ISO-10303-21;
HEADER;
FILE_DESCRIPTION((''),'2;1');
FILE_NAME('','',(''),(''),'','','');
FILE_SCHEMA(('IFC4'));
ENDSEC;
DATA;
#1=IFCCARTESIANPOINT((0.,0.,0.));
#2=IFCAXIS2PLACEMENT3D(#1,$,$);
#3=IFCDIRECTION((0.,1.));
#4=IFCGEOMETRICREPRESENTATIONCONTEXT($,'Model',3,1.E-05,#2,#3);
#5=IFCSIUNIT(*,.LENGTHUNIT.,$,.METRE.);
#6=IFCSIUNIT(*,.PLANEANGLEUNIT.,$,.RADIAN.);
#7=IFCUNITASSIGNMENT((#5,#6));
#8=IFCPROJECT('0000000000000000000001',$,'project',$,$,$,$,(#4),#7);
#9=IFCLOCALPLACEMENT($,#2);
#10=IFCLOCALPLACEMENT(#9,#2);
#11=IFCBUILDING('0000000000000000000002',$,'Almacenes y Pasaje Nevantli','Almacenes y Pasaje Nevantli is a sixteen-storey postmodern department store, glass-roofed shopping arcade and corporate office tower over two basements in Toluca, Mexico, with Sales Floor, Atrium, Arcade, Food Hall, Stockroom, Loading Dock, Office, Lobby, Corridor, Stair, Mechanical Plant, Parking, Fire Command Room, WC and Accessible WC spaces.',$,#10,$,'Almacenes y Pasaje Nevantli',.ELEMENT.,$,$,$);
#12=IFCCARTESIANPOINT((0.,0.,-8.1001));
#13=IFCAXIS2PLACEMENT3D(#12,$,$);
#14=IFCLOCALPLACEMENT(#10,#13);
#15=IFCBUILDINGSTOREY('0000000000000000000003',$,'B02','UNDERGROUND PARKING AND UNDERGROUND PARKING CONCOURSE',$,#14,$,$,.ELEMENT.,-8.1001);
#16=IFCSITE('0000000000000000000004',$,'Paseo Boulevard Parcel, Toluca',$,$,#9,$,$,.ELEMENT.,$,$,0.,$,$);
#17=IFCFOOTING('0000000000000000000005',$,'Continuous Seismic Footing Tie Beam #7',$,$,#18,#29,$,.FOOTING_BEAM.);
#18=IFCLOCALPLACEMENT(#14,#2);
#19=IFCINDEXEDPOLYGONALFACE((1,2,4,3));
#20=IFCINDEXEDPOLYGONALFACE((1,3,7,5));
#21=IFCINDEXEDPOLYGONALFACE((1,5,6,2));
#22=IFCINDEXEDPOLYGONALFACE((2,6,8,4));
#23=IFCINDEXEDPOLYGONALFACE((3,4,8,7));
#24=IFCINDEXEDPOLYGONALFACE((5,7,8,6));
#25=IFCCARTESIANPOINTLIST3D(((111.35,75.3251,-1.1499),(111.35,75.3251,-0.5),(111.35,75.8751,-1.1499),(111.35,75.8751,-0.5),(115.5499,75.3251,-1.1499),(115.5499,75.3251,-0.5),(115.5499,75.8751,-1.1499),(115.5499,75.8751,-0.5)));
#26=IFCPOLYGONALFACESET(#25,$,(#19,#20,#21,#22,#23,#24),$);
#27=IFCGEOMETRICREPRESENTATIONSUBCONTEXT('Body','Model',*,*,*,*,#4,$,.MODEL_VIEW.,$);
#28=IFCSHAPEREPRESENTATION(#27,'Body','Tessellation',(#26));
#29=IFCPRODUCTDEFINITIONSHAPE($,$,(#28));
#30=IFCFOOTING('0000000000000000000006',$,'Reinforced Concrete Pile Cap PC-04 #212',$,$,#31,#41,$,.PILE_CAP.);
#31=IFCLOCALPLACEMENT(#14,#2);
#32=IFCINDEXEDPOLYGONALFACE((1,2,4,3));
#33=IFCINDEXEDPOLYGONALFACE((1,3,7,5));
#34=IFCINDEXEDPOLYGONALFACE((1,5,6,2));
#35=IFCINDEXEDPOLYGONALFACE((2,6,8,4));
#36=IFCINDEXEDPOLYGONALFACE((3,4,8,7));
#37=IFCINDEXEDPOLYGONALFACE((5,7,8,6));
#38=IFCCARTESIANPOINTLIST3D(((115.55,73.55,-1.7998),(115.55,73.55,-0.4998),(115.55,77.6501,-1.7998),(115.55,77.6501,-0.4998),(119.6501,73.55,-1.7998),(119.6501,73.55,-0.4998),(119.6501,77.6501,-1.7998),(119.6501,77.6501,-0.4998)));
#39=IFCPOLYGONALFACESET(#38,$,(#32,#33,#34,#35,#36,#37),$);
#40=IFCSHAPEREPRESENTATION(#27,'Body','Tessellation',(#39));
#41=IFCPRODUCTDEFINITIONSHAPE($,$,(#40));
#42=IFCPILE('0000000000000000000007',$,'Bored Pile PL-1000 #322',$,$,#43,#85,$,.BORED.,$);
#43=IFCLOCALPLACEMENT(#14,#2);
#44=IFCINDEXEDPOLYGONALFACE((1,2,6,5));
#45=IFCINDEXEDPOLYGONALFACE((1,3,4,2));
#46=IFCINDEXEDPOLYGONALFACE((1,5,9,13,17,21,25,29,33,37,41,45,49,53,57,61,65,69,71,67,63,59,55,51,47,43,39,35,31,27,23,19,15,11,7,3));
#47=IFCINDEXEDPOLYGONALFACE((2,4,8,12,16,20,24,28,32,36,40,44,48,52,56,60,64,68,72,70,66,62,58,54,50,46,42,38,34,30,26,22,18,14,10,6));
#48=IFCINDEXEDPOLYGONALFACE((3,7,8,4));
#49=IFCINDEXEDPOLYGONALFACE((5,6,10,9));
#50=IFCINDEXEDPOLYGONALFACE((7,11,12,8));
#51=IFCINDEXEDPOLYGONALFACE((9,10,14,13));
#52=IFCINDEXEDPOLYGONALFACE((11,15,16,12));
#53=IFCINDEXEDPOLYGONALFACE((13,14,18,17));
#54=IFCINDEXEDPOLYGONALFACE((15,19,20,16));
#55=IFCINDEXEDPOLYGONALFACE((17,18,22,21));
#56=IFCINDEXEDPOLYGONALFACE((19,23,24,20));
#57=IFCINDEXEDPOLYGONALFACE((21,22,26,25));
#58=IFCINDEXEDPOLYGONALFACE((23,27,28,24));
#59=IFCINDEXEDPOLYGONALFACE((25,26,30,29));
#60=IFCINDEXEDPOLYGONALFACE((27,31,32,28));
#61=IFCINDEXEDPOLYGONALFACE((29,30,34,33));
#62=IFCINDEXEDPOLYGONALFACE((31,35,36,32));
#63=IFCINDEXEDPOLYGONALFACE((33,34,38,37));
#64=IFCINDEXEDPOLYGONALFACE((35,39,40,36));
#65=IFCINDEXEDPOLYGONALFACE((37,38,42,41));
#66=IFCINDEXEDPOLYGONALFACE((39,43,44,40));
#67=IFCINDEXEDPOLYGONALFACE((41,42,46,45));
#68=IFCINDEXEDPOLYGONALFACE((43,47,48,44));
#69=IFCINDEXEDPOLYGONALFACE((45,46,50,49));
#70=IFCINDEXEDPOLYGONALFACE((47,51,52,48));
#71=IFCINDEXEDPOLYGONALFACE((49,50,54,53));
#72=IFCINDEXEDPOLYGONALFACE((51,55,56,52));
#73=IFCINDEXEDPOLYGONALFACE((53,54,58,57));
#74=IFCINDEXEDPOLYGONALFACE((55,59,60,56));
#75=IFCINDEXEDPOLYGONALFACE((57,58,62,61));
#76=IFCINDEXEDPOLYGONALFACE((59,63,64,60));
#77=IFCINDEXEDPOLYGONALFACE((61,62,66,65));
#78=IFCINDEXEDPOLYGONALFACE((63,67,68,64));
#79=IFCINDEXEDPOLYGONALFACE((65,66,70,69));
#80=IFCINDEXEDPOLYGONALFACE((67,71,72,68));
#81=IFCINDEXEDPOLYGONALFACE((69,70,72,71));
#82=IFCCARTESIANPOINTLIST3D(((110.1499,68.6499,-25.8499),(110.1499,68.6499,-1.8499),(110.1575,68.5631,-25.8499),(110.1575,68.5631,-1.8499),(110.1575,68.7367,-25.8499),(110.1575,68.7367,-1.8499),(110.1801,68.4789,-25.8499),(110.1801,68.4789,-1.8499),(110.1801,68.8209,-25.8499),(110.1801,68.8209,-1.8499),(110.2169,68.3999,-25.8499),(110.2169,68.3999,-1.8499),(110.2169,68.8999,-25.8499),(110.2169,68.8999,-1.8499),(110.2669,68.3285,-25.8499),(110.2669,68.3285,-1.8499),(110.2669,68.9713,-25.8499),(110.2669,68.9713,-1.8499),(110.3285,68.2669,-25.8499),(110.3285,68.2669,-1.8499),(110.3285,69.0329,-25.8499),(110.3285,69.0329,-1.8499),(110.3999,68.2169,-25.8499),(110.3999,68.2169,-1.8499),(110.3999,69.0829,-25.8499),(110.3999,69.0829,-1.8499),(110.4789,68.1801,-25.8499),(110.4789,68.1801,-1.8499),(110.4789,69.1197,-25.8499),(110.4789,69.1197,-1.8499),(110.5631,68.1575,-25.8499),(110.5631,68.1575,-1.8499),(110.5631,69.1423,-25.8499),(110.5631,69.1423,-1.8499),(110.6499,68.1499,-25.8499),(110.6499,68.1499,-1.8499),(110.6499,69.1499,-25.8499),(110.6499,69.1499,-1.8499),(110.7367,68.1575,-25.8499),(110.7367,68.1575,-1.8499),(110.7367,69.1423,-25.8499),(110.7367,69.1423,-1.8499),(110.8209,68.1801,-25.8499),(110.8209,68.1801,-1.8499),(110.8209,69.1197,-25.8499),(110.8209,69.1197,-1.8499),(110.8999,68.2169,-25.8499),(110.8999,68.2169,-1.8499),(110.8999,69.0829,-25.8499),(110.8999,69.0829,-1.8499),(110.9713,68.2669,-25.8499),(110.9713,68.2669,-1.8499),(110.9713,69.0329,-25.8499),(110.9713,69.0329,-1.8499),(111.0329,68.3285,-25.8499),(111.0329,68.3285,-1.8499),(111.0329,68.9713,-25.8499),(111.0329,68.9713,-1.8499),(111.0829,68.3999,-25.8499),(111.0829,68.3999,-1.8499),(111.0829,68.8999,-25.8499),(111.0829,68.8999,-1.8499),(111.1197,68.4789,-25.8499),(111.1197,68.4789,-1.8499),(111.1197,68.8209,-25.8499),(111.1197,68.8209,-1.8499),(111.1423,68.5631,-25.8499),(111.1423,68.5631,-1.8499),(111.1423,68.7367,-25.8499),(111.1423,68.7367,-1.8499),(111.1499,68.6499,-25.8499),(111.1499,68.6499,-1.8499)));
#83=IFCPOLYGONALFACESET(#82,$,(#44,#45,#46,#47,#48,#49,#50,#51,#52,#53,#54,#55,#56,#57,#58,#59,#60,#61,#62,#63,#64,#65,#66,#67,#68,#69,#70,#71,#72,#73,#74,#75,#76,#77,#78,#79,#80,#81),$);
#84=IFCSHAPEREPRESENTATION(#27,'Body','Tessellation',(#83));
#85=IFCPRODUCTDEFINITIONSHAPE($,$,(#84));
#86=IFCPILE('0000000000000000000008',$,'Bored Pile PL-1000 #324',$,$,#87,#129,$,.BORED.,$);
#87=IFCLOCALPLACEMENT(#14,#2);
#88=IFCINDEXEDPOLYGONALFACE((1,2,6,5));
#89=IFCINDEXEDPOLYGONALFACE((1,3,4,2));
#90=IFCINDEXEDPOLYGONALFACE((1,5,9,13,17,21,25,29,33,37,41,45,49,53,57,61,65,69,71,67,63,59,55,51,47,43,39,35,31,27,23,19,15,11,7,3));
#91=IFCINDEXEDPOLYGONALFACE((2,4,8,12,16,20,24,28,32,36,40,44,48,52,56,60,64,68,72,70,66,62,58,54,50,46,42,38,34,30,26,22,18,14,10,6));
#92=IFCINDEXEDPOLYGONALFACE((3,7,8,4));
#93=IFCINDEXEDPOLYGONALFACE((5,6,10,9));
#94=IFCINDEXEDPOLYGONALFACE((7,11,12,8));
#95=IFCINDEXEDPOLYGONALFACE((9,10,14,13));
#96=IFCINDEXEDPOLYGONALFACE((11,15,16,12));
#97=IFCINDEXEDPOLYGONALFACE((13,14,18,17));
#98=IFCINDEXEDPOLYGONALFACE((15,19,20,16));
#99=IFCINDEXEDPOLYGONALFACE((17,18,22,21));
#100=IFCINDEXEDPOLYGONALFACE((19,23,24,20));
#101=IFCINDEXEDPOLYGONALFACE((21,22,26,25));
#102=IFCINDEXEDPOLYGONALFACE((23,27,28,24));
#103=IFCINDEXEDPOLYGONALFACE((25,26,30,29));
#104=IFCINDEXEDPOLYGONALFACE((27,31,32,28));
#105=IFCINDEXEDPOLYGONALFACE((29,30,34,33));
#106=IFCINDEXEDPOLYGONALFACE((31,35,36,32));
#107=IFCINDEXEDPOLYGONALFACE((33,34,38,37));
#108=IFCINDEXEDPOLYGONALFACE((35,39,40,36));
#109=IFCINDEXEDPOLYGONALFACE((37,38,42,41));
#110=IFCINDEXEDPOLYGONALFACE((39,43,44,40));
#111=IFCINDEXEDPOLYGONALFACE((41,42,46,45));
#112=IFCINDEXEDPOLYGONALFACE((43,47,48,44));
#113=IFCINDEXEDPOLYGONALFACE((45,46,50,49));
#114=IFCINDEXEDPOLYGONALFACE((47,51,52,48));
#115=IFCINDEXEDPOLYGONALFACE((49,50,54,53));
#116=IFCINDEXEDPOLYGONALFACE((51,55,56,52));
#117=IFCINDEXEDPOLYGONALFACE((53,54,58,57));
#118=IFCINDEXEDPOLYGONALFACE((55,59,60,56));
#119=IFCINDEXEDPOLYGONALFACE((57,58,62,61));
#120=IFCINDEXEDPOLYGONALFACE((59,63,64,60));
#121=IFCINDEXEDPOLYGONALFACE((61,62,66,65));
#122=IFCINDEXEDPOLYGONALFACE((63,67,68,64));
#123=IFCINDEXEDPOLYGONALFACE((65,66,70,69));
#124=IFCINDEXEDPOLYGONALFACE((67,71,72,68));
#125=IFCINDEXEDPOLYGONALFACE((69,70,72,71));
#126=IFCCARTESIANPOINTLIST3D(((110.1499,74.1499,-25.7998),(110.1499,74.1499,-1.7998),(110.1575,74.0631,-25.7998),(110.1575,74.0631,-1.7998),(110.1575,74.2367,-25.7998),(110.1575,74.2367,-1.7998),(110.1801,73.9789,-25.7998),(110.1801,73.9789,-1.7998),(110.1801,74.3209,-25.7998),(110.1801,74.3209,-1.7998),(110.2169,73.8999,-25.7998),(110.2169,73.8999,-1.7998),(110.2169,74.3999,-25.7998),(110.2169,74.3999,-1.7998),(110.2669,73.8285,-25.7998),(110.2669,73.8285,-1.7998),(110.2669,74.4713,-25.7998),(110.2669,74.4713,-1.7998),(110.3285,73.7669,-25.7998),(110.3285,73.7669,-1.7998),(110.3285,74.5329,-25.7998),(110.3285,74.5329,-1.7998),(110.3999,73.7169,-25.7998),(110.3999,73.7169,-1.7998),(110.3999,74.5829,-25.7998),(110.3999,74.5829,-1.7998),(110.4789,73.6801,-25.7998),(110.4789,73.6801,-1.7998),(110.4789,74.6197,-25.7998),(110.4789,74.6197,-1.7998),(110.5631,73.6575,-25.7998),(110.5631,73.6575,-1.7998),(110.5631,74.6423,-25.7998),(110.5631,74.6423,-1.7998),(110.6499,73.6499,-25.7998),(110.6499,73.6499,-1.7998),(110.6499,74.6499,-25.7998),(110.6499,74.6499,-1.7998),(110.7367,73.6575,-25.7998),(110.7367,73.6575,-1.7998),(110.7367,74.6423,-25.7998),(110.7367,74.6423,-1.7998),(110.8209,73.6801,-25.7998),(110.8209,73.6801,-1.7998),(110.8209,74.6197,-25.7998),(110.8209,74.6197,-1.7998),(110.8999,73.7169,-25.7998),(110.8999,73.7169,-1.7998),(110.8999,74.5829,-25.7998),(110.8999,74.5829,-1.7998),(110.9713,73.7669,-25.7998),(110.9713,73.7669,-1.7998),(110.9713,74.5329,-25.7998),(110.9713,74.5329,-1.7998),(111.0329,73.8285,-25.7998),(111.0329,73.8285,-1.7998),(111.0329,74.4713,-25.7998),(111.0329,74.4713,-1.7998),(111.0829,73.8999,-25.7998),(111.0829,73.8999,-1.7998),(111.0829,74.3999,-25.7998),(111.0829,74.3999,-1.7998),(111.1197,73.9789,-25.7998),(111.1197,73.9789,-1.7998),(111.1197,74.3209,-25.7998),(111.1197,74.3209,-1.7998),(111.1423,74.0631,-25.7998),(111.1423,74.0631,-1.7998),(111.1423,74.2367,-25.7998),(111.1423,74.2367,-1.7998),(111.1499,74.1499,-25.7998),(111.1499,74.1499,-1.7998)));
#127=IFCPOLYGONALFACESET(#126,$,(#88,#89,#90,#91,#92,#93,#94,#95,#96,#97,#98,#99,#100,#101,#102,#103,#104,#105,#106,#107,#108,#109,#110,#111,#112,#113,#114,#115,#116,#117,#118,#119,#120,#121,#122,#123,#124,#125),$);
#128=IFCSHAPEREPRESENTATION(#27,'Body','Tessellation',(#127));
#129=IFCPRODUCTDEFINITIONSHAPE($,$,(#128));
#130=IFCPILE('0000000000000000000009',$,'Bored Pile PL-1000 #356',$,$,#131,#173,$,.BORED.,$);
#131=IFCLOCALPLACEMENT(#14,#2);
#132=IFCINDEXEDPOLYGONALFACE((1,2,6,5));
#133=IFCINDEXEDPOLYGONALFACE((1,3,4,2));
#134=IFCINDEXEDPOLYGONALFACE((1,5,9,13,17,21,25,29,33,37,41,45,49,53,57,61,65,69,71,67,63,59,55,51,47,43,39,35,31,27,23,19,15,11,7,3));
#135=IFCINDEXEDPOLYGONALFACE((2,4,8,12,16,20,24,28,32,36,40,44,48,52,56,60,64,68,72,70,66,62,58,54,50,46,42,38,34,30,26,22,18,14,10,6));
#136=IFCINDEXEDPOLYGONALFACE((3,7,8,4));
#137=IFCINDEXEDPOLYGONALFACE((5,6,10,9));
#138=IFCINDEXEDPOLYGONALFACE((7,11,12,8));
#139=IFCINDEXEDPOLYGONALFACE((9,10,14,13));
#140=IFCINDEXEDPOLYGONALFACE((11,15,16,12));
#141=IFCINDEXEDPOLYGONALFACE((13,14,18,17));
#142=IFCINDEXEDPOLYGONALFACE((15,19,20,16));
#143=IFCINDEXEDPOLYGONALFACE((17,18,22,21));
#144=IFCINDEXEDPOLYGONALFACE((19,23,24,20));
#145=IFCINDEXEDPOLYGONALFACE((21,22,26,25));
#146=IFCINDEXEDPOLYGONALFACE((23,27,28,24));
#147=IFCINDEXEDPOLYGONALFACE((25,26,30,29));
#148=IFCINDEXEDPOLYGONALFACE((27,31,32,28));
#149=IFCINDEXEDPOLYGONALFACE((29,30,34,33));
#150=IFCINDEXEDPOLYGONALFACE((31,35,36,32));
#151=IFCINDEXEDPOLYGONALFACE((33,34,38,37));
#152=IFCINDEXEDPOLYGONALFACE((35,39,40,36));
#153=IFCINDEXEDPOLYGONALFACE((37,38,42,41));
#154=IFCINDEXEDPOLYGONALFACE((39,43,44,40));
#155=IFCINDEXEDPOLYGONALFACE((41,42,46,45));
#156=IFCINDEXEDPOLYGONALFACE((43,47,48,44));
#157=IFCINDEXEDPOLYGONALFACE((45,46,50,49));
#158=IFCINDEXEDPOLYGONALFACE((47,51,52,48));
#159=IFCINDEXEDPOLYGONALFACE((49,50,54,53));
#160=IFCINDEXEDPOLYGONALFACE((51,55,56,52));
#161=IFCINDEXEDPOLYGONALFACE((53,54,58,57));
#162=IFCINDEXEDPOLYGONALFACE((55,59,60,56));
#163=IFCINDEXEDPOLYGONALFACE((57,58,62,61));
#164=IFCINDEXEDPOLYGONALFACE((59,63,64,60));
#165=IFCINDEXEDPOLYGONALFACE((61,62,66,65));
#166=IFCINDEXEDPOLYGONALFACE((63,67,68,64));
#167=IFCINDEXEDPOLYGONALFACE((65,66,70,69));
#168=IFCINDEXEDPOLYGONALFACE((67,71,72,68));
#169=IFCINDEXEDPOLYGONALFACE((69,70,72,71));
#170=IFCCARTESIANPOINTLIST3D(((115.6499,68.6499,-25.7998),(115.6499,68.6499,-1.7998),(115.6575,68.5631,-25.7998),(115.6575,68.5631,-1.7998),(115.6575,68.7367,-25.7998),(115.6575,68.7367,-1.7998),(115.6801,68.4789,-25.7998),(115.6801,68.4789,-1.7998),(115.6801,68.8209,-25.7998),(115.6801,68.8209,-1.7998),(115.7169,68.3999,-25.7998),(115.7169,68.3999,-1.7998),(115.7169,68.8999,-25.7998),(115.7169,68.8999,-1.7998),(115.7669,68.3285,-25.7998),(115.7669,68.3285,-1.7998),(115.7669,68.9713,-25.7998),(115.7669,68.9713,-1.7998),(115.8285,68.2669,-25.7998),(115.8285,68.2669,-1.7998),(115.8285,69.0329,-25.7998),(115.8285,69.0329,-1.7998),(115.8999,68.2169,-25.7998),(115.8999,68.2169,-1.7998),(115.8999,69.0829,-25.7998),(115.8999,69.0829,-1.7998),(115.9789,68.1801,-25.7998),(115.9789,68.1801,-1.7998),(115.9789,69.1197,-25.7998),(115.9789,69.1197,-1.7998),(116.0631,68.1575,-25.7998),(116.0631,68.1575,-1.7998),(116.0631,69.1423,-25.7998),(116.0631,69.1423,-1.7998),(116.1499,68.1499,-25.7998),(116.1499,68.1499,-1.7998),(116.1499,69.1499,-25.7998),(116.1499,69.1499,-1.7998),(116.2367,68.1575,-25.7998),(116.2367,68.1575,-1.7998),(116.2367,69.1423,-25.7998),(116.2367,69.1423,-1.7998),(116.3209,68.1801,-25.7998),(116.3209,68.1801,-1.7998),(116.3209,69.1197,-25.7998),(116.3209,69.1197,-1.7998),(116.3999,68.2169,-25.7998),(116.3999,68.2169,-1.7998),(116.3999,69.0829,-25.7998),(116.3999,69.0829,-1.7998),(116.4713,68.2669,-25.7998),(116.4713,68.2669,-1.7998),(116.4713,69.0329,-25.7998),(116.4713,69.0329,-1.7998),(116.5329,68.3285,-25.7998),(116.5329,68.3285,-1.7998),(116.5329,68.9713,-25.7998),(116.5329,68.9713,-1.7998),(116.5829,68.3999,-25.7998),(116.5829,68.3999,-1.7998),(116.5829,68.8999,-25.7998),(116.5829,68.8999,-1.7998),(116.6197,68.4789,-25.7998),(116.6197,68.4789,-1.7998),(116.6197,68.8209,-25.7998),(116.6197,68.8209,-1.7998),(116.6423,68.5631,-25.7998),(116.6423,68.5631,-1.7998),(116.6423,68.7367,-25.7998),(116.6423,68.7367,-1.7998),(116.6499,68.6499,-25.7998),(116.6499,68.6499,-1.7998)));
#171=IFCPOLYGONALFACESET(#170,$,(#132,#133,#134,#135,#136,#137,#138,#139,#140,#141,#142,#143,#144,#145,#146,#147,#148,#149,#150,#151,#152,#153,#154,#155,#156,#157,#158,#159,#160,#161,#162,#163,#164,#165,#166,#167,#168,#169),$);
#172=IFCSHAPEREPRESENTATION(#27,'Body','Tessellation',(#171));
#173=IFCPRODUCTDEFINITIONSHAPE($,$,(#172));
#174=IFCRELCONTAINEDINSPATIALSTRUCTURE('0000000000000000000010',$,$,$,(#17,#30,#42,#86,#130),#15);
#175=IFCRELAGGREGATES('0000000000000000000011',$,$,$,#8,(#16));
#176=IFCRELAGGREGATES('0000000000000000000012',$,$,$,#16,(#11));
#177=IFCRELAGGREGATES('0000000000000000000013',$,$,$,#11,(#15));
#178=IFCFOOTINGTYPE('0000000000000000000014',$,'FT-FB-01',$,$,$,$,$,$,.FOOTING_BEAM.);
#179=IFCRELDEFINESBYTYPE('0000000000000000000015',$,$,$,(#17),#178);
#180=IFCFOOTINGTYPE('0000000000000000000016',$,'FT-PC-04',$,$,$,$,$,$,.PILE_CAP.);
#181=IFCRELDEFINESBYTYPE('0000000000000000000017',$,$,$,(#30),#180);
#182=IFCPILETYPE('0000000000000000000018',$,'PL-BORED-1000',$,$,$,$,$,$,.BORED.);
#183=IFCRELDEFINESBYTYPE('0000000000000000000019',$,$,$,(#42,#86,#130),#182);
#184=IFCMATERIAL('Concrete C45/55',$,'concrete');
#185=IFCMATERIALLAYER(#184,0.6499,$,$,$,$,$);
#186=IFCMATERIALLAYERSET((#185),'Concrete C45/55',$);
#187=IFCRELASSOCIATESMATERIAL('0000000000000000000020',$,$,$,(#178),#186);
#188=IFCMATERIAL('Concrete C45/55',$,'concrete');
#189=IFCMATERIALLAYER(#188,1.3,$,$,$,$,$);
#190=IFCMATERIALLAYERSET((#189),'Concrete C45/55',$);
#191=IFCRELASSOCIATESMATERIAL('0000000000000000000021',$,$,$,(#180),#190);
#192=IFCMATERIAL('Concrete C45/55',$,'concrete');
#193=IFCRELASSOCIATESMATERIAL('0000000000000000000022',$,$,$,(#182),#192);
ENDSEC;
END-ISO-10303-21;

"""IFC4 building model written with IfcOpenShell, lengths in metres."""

from ifc_helpers import new_model, si_unit, direction, frame, origin, origin_2d, place, context, subcontext, project, spatial, rectangle, circle, extrude, material, layer, layer_set, material_profile, profile_set, type_object, element, save


model = new_model("IFC4")

# Units and contexts
model_context = context("Model", 3, precision=1e-05, world=origin(), true_north=direction((0.0, 1.0)))
body_context = subcontext(model_context, "Body", "Model", "MODEL_VIEW")
ifc_project = project(units=[si_unit("LENGTHUNIT", "METRE"), si_unit("PLANEANGLEUNIT", "RADIAN")], contexts=[model_context])

# Site, building, storey
site_placement = place(None, origin())
site = spatial("IfcSite", under=ifc_project, at=site_placement, Name="Paseo Boulevard Parcel, Toluca", CompositionType="ELEMENT", RefElevation=0.0)
building_placement = place(site_placement, origin())
building = spatial("IfcBuilding", under=site, at=building_placement, Name="Almacenes y Pasaje Nevantli", Description="Almacenes y Pasaje Nevantli is a sixteen-storey postmodern department store, glass-roofed shopping arcade and corporate office tower over two basements in Toluca, Mexico, with Sales Floor, Atrium, Arcade, Food Hall, Stockroom, Loading Dock, Office, Lobby, Corridor, Stair, Mechanical Plant, Parking, Fire Command Room, WC and Accessible WC spaces.", LongName="Almacenes y Pasaje Nevantli", CompositionType="ELEMENT")
storey_placement = place(building_placement, frame((0.0, 0.0, -8.1001)))
storey = spatial("IfcBuildingStorey", under=building, at=storey_placement, Name="B02", Description="UNDERGROUND PARKING AND UNDERGROUND PARKING CONCOURSE", CompositionType="ELEMENT", Elevation=-8.1001)

# Footings
ifc_material_1 = material(Name="Concrete C45/55", Category="concrete")
ifc_layer_1 = layer(ifc_material_1, 0.6499)
ifc_layer_set_1 = layer_set([ifc_layer_1], Name="Concrete C45/55")
footing_type_1 = type_object("IfcFootingType", Name="FT-FB-01", PredefinedType="FOOTING_BEAM", material=ifc_layer_set_1)
footing_1_placement = place(storey_placement, frame((113.45, 75.6001, -1.1499), z_axis=(0.0, 0.0, 1.0), x_axis=(1.0, 0.0, 0.0)))
element("IfcFooting", 1, at=footing_1_placement, inside=storey, type_object=footing_type_1, Name="Continuous Seismic Footing Tie Beam #7", PredefinedType="FOOTING_BEAM", context=body_context, shape_type="SweptSolid", body=[
    extrude(rectangle(XDim=4.2, YDim=0.55, at=origin_2d()), origin(), (0.0, 0.0, 1.0), 0.6499),
])
ifc_material_2 = material(Name="Concrete C45/55", Category="concrete")
ifc_layer_2 = layer(ifc_material_2, 1.3)
ifc_layer_set_2 = layer_set([ifc_layer_2], Name="Concrete C45/55")
footing_type_2 = type_object("IfcFootingType", Name="FT-PC-04", PredefinedType="PILE_CAP", material=ifc_layer_set_2)
footing_2_placement = place(storey_placement, frame((117.6001, 75.6001, -1.7998), z_axis=(0.0, 0.0, 1.0), x_axis=(1.0, 0.0, 0.0)))
element("IfcFooting", 2, at=footing_2_placement, inside=storey, type_object=footing_type_2, Name="Reinforced Concrete Pile Cap PC-04 #212", PredefinedType="PILE_CAP", context=body_context, shape_type="SweptSolid", body=[
    extrude(rectangle(XDim=4.1001, YDim=4.1001, at=origin_2d()), origin(), (0.0, 0.0, 1.0), 1.3),
])

# Piles
ifc_material_3 = material(Name="Concrete C45/55", Category="concrete")
ifc_material_profile_1 = material_profile(ifc_material_3, circle(Radius=0.5, at=origin_2d()), Name="RC-PILE-D1000")
ifc_profile_set_1 = profile_set([ifc_material_profile_1], Name="Concrete C45/55")
pile_type = type_object("IfcPileType", Name="PL-BORED-1000", PredefinedType="BORED", material=ifc_profile_set_1)
for number, where, z_axis, x_axis, name in (
    (3, (110.6499, 68.6499, -1.8499), (0.0, 0.0, -1.0), (1.0, 0.0, 0.0), "Bored Pile PL-1000 #322"),
    (4, (110.6499, 74.1499, -1.7998), (0.0, 0.0, -1.0), (1.0, 0.0, 0.0), "Bored Pile PL-1000 #324"),
    (5, (116.1499, 68.6499, -1.7998), (0.0, 0.0, -1.0), (1.0, 0.0, 0.0), "Bored Pile PL-1000 #356"),
):
    element("IfcPile", number, at=place(storey_placement, frame(where, z_axis=z_axis, x_axis=x_axis)), inside=storey, type_object=pile_type, Name=name, PredefinedType="BORED", context=body_context, shape_type="SweptSolid", body=[
        extrude(circle(Radius=0.5, at=origin_2d()), origin(), (0.0, 0.0, 1.0), 24.0),
    ])

save(model, "model.ifc")
